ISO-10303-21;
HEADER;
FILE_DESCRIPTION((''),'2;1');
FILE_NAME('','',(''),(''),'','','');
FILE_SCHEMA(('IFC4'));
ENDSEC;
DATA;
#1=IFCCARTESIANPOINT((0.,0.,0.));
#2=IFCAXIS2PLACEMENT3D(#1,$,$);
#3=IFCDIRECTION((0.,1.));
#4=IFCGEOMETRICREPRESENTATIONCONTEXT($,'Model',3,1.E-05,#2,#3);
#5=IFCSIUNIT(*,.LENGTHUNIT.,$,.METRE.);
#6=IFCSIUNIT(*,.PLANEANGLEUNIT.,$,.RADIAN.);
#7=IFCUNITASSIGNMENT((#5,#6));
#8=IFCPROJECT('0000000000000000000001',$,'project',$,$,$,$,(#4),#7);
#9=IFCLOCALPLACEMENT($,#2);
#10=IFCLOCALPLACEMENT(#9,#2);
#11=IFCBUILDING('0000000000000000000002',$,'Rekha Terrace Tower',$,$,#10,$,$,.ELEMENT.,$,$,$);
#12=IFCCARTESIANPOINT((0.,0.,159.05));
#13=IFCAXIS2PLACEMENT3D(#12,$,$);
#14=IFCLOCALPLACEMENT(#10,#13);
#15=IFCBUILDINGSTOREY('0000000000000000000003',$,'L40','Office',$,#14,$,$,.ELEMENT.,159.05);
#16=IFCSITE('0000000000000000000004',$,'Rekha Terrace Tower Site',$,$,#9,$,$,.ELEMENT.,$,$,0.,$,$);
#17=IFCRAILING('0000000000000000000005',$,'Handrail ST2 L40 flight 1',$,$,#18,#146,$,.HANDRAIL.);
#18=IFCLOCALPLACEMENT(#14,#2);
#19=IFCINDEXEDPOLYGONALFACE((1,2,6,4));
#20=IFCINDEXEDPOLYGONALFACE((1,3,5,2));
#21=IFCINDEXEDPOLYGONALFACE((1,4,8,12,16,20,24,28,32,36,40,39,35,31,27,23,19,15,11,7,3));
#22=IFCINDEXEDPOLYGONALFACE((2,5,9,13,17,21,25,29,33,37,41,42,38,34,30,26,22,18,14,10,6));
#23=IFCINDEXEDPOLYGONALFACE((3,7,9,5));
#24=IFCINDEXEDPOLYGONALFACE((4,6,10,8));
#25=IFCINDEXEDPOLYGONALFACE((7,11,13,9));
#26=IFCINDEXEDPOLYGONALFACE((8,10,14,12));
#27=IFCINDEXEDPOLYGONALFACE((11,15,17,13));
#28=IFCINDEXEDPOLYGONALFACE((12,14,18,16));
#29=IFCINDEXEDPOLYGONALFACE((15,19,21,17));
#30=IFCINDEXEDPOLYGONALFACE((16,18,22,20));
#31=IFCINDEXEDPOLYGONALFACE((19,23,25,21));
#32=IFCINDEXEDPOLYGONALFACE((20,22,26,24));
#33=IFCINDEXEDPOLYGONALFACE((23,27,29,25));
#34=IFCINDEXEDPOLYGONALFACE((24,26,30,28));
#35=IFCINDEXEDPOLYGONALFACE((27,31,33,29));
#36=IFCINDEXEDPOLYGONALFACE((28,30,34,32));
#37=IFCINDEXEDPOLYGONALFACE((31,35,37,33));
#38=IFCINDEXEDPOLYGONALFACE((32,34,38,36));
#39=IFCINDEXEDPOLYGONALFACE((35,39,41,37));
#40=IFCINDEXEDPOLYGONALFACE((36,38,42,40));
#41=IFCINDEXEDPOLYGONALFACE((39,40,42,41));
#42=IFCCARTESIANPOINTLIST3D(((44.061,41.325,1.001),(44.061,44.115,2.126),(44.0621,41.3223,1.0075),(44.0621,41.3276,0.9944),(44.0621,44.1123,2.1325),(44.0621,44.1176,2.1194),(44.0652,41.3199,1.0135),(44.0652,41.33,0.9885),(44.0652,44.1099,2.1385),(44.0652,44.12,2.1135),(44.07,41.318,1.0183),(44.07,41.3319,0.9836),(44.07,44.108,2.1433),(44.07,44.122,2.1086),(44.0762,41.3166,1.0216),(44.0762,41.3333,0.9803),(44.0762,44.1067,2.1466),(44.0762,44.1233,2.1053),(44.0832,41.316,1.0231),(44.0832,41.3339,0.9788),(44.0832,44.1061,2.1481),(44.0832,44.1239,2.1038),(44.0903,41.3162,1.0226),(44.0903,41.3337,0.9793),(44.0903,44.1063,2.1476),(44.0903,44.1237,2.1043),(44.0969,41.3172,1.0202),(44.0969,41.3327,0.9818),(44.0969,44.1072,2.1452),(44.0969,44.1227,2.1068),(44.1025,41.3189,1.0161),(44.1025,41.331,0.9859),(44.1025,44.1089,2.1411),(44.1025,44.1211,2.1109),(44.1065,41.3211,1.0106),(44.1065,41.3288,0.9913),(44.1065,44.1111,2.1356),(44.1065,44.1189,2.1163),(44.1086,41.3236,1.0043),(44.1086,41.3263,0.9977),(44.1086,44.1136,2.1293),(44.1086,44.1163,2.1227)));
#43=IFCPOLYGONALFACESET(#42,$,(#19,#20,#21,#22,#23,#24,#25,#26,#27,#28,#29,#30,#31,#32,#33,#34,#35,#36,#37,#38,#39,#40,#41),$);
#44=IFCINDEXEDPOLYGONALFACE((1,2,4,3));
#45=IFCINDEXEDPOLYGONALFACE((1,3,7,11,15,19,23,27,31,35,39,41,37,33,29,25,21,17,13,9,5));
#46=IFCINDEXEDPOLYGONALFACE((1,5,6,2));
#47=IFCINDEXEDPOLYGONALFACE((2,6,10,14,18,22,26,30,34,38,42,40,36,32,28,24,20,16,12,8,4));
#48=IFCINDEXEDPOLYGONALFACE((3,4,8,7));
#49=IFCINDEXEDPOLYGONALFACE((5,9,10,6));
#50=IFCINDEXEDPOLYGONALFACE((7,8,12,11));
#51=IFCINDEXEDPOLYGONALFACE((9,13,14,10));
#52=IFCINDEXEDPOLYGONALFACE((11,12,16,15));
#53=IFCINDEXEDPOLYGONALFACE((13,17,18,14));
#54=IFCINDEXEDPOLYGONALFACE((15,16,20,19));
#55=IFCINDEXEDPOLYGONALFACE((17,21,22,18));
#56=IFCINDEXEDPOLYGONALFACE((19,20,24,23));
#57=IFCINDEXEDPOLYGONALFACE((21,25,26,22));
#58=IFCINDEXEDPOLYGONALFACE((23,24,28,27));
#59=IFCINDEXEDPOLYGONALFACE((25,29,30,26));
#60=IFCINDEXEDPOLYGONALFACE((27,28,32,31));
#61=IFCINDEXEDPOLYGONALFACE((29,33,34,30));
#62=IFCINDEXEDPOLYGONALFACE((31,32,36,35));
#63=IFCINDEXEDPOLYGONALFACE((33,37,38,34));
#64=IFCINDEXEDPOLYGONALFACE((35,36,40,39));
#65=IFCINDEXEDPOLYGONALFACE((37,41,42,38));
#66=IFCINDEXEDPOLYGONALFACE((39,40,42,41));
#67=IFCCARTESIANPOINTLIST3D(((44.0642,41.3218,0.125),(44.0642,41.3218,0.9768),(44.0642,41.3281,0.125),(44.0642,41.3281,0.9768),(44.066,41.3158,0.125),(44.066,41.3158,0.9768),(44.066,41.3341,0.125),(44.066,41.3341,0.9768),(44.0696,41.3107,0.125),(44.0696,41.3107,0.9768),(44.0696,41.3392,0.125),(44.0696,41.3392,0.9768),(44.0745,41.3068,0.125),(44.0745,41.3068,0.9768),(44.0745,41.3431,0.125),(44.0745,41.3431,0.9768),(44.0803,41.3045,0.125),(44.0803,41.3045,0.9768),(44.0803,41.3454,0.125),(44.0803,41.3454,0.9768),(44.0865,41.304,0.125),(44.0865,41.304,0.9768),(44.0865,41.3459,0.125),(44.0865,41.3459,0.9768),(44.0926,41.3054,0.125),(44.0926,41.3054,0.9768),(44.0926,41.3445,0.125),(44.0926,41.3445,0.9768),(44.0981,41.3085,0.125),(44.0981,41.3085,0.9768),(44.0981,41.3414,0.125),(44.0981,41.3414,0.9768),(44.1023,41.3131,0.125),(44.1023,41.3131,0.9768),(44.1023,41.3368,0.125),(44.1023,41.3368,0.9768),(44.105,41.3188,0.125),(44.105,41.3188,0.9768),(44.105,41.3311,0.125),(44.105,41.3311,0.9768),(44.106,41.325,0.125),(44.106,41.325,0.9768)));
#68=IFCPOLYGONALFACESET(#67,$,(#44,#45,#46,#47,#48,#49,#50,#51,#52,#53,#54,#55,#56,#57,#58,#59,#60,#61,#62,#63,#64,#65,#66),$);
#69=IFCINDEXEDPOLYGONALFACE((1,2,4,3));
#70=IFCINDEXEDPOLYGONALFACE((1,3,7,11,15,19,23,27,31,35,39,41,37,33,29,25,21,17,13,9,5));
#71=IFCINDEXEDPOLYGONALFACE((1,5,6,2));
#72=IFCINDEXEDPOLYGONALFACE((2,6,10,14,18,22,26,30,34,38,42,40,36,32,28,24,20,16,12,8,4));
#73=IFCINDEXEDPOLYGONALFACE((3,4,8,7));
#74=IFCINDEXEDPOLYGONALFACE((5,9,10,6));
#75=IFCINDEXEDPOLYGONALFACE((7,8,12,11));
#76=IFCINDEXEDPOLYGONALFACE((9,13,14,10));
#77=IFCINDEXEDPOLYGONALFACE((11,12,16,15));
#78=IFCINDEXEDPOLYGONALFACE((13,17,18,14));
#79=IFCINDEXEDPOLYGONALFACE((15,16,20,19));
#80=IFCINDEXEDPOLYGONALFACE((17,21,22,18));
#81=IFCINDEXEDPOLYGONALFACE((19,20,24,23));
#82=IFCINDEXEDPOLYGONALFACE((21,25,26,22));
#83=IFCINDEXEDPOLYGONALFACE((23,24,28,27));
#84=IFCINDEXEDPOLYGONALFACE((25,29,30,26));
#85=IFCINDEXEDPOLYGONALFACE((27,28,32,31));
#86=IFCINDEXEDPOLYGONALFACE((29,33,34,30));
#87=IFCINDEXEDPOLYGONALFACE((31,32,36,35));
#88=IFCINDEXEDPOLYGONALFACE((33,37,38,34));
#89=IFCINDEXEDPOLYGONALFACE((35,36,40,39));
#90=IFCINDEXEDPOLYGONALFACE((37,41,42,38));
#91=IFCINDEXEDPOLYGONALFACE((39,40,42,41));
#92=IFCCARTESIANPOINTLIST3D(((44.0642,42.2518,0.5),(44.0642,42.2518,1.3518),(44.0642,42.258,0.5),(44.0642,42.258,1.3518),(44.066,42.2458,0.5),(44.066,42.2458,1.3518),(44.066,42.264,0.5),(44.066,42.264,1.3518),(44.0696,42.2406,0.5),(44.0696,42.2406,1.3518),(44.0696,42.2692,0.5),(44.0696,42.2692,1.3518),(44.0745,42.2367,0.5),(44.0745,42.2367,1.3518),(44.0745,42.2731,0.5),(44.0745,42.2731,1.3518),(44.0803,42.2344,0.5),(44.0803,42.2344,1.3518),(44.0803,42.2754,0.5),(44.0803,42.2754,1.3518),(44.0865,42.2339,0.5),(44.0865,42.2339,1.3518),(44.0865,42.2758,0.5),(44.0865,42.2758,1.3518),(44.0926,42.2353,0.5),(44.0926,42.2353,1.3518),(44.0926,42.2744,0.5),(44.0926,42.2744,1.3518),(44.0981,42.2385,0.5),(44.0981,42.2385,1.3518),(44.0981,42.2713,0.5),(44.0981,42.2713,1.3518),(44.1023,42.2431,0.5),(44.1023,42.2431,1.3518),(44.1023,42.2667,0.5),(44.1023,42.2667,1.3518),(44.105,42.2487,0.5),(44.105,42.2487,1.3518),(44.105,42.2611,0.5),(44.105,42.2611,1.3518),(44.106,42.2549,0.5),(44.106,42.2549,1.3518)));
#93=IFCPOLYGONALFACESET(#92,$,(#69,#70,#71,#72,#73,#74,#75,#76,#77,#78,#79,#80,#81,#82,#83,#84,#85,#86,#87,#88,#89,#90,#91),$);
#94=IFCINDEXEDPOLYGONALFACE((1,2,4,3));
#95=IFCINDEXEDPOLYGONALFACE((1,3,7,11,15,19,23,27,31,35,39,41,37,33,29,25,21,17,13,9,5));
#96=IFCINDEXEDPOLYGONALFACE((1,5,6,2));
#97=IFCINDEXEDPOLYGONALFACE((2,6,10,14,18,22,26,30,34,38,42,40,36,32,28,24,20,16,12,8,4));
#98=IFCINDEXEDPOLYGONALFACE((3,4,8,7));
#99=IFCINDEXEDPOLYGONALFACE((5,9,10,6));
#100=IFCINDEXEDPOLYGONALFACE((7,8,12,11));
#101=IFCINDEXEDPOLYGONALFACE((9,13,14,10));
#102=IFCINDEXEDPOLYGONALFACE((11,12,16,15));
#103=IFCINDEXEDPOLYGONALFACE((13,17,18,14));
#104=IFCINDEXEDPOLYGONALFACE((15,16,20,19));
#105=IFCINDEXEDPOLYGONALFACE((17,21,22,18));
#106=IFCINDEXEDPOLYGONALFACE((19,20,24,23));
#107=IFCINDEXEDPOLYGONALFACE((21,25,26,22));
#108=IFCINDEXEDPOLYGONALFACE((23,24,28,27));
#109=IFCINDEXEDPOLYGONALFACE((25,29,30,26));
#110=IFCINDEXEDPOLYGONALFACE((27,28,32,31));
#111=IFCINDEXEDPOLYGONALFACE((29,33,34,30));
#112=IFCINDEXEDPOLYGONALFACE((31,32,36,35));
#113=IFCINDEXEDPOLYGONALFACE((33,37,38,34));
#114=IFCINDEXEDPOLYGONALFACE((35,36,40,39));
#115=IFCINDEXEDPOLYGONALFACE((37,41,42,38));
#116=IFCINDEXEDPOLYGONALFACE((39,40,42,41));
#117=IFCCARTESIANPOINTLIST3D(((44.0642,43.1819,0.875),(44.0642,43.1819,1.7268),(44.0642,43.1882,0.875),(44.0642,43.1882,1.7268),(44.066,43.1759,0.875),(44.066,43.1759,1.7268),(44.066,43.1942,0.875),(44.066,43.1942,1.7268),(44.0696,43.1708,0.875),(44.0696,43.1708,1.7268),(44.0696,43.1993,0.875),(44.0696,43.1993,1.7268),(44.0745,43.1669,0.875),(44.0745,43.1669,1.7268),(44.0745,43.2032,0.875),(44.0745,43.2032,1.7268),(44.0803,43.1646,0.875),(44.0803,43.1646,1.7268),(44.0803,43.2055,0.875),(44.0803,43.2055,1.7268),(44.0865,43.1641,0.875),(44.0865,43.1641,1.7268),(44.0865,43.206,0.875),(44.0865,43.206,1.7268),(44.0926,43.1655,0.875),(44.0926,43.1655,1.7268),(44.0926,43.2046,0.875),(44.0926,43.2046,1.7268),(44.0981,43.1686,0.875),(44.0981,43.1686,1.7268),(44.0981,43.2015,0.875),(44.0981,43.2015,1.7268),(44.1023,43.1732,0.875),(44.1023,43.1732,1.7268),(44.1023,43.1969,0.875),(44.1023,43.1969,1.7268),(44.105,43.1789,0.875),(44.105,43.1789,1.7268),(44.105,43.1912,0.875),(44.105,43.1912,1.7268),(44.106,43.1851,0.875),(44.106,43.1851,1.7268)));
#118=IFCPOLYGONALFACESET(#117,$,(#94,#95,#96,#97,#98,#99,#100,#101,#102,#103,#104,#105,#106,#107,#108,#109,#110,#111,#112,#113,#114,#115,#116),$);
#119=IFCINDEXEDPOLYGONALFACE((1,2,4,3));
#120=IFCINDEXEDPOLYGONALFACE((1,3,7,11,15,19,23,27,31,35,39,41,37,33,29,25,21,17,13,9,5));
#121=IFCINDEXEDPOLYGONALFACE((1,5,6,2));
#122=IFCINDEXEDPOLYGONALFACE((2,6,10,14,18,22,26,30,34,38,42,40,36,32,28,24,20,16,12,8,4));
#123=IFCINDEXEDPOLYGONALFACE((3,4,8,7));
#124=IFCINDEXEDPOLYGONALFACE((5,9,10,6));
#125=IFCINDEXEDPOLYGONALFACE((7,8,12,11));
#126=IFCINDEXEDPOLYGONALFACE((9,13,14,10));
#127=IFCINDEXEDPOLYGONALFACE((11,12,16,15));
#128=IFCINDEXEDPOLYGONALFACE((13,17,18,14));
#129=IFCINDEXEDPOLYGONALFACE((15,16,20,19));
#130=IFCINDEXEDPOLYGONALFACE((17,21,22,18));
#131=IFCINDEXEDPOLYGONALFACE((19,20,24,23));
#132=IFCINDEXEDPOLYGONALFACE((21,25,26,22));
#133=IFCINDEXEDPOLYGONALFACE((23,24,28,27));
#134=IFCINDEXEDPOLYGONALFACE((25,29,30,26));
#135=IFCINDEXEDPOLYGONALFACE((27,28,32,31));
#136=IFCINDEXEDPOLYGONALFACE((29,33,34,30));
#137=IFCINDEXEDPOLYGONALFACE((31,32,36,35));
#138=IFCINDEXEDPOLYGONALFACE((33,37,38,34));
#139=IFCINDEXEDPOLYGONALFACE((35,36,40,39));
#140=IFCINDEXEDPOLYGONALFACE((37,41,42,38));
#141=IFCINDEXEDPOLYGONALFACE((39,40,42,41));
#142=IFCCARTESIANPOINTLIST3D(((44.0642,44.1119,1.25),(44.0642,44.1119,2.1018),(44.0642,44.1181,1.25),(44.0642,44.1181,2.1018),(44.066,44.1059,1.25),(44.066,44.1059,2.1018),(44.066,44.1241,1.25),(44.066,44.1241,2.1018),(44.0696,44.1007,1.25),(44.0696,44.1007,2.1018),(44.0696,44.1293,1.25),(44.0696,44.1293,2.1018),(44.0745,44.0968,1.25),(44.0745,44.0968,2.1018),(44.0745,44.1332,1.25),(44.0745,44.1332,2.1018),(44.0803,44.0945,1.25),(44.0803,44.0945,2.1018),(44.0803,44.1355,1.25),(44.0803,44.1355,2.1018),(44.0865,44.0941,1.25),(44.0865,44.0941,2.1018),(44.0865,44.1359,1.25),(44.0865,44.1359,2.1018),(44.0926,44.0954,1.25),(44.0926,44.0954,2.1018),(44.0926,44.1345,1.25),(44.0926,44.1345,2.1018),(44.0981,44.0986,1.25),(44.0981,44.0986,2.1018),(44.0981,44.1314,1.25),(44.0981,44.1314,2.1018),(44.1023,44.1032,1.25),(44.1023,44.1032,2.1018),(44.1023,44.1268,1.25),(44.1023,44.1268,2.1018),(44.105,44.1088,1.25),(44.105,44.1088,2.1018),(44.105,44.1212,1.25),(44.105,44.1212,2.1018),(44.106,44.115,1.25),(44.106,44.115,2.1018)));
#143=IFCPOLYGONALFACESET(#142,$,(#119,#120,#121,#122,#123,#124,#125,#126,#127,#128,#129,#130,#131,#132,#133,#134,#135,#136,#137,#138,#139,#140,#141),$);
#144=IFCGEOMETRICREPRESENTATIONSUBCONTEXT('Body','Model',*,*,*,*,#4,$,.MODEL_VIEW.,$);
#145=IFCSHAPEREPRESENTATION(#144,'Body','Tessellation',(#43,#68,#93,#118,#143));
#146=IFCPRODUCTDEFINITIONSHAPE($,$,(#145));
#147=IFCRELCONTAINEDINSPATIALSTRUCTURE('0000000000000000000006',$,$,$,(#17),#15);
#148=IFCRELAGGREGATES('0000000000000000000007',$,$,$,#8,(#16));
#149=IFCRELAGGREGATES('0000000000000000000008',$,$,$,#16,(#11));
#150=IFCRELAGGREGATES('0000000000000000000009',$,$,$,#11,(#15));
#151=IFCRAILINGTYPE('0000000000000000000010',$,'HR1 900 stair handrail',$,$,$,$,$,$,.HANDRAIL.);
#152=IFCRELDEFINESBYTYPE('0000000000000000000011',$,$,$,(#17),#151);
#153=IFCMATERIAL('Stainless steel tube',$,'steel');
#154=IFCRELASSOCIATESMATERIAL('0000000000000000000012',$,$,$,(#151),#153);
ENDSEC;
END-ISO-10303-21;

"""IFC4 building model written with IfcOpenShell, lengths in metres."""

from ifc_helpers import new_model, si_unit, direction, frame, origin, origin_2d, place, context, subcontext, project, spatial, circle, extrude, material, type_object, element, save


model = new_model("IFC4")

# Units and contexts
model_context = context("Model", 3, precision=1e-05, world=origin(), true_north=direction((0.0, 1.0)))
body_context = subcontext(model_context, "Body", "Model", "MODEL_VIEW")
ifc_project = project(units=[si_unit("LENGTHUNIT", "METRE"), si_unit("PLANEANGLEUNIT", "RADIAN")], contexts=[model_context])

# Site, building, storey
site_placement = place(None, origin())
site = spatial("IfcSite", under=ifc_project, at=site_placement, Name="Rekha Terrace Tower Site", CompositionType="ELEMENT", RefElevation=0.0)
building_placement = place(site_placement, origin())
building = spatial("IfcBuilding", under=site, at=building_placement, Name="Rekha Terrace Tower", CompositionType="ELEMENT")
storey_placement = place(building_placement, frame((0.0, 0.0, 159.05)))
storey = spatial("IfcBuildingStorey", under=building, at=storey_placement, Name="L40", Description="Office", CompositionType="ELEMENT", Elevation=159.05)

# Railing
ifc_material_1 = material(Name="Stainless steel tube", Category="steel")
railing_type_1 = type_object("IfcRailingType", Name="HR1 900 stair handrail", PredefinedType="HANDRAIL", material=ifc_material_1)
railing_1_placement = place(storey_placement, frame((44.085, 41.325, 0.125)))
element("IfcRailing", 1, at=railing_1_placement, inside=storey, type_object=railing_type_1, Name="Handrail ST2 L40 flight 1", PredefinedType="HANDRAIL", context=body_context, shape_type="SweptSolid", body=[
    extrude(circle(Radius=0.0239, at=origin_2d()), frame((0.0, 0.0, 0.876), z_axis=(0.0, 0.927443, 0.373964), x_axis=(-1.0, 0.0, 0.0)), (0.0, 0.0, 1.0), 3.0083),
    extrude(circle(Radius=0.021, at=origin_2d()), origin(), (0.0, 0.0, 1.0), 0.8518),
    extrude(circle(Radius=0.021, at=origin_2d()), frame((0.0, 0.9299, 0.375)), (0.0, 0.0, 1.0), 0.8518),
    extrude(circle(Radius=0.021, at=origin_2d()), frame((0.0, 1.8601, 0.75)), (0.0, 0.0, 1.0), 0.8518),
    extrude(circle(Radius=0.021, at=origin_2d()), frame((0.0, 2.79, 1.125)), (0.0, 0.0, 1.0), 0.8518),
])

save(model, "model.ifc")
